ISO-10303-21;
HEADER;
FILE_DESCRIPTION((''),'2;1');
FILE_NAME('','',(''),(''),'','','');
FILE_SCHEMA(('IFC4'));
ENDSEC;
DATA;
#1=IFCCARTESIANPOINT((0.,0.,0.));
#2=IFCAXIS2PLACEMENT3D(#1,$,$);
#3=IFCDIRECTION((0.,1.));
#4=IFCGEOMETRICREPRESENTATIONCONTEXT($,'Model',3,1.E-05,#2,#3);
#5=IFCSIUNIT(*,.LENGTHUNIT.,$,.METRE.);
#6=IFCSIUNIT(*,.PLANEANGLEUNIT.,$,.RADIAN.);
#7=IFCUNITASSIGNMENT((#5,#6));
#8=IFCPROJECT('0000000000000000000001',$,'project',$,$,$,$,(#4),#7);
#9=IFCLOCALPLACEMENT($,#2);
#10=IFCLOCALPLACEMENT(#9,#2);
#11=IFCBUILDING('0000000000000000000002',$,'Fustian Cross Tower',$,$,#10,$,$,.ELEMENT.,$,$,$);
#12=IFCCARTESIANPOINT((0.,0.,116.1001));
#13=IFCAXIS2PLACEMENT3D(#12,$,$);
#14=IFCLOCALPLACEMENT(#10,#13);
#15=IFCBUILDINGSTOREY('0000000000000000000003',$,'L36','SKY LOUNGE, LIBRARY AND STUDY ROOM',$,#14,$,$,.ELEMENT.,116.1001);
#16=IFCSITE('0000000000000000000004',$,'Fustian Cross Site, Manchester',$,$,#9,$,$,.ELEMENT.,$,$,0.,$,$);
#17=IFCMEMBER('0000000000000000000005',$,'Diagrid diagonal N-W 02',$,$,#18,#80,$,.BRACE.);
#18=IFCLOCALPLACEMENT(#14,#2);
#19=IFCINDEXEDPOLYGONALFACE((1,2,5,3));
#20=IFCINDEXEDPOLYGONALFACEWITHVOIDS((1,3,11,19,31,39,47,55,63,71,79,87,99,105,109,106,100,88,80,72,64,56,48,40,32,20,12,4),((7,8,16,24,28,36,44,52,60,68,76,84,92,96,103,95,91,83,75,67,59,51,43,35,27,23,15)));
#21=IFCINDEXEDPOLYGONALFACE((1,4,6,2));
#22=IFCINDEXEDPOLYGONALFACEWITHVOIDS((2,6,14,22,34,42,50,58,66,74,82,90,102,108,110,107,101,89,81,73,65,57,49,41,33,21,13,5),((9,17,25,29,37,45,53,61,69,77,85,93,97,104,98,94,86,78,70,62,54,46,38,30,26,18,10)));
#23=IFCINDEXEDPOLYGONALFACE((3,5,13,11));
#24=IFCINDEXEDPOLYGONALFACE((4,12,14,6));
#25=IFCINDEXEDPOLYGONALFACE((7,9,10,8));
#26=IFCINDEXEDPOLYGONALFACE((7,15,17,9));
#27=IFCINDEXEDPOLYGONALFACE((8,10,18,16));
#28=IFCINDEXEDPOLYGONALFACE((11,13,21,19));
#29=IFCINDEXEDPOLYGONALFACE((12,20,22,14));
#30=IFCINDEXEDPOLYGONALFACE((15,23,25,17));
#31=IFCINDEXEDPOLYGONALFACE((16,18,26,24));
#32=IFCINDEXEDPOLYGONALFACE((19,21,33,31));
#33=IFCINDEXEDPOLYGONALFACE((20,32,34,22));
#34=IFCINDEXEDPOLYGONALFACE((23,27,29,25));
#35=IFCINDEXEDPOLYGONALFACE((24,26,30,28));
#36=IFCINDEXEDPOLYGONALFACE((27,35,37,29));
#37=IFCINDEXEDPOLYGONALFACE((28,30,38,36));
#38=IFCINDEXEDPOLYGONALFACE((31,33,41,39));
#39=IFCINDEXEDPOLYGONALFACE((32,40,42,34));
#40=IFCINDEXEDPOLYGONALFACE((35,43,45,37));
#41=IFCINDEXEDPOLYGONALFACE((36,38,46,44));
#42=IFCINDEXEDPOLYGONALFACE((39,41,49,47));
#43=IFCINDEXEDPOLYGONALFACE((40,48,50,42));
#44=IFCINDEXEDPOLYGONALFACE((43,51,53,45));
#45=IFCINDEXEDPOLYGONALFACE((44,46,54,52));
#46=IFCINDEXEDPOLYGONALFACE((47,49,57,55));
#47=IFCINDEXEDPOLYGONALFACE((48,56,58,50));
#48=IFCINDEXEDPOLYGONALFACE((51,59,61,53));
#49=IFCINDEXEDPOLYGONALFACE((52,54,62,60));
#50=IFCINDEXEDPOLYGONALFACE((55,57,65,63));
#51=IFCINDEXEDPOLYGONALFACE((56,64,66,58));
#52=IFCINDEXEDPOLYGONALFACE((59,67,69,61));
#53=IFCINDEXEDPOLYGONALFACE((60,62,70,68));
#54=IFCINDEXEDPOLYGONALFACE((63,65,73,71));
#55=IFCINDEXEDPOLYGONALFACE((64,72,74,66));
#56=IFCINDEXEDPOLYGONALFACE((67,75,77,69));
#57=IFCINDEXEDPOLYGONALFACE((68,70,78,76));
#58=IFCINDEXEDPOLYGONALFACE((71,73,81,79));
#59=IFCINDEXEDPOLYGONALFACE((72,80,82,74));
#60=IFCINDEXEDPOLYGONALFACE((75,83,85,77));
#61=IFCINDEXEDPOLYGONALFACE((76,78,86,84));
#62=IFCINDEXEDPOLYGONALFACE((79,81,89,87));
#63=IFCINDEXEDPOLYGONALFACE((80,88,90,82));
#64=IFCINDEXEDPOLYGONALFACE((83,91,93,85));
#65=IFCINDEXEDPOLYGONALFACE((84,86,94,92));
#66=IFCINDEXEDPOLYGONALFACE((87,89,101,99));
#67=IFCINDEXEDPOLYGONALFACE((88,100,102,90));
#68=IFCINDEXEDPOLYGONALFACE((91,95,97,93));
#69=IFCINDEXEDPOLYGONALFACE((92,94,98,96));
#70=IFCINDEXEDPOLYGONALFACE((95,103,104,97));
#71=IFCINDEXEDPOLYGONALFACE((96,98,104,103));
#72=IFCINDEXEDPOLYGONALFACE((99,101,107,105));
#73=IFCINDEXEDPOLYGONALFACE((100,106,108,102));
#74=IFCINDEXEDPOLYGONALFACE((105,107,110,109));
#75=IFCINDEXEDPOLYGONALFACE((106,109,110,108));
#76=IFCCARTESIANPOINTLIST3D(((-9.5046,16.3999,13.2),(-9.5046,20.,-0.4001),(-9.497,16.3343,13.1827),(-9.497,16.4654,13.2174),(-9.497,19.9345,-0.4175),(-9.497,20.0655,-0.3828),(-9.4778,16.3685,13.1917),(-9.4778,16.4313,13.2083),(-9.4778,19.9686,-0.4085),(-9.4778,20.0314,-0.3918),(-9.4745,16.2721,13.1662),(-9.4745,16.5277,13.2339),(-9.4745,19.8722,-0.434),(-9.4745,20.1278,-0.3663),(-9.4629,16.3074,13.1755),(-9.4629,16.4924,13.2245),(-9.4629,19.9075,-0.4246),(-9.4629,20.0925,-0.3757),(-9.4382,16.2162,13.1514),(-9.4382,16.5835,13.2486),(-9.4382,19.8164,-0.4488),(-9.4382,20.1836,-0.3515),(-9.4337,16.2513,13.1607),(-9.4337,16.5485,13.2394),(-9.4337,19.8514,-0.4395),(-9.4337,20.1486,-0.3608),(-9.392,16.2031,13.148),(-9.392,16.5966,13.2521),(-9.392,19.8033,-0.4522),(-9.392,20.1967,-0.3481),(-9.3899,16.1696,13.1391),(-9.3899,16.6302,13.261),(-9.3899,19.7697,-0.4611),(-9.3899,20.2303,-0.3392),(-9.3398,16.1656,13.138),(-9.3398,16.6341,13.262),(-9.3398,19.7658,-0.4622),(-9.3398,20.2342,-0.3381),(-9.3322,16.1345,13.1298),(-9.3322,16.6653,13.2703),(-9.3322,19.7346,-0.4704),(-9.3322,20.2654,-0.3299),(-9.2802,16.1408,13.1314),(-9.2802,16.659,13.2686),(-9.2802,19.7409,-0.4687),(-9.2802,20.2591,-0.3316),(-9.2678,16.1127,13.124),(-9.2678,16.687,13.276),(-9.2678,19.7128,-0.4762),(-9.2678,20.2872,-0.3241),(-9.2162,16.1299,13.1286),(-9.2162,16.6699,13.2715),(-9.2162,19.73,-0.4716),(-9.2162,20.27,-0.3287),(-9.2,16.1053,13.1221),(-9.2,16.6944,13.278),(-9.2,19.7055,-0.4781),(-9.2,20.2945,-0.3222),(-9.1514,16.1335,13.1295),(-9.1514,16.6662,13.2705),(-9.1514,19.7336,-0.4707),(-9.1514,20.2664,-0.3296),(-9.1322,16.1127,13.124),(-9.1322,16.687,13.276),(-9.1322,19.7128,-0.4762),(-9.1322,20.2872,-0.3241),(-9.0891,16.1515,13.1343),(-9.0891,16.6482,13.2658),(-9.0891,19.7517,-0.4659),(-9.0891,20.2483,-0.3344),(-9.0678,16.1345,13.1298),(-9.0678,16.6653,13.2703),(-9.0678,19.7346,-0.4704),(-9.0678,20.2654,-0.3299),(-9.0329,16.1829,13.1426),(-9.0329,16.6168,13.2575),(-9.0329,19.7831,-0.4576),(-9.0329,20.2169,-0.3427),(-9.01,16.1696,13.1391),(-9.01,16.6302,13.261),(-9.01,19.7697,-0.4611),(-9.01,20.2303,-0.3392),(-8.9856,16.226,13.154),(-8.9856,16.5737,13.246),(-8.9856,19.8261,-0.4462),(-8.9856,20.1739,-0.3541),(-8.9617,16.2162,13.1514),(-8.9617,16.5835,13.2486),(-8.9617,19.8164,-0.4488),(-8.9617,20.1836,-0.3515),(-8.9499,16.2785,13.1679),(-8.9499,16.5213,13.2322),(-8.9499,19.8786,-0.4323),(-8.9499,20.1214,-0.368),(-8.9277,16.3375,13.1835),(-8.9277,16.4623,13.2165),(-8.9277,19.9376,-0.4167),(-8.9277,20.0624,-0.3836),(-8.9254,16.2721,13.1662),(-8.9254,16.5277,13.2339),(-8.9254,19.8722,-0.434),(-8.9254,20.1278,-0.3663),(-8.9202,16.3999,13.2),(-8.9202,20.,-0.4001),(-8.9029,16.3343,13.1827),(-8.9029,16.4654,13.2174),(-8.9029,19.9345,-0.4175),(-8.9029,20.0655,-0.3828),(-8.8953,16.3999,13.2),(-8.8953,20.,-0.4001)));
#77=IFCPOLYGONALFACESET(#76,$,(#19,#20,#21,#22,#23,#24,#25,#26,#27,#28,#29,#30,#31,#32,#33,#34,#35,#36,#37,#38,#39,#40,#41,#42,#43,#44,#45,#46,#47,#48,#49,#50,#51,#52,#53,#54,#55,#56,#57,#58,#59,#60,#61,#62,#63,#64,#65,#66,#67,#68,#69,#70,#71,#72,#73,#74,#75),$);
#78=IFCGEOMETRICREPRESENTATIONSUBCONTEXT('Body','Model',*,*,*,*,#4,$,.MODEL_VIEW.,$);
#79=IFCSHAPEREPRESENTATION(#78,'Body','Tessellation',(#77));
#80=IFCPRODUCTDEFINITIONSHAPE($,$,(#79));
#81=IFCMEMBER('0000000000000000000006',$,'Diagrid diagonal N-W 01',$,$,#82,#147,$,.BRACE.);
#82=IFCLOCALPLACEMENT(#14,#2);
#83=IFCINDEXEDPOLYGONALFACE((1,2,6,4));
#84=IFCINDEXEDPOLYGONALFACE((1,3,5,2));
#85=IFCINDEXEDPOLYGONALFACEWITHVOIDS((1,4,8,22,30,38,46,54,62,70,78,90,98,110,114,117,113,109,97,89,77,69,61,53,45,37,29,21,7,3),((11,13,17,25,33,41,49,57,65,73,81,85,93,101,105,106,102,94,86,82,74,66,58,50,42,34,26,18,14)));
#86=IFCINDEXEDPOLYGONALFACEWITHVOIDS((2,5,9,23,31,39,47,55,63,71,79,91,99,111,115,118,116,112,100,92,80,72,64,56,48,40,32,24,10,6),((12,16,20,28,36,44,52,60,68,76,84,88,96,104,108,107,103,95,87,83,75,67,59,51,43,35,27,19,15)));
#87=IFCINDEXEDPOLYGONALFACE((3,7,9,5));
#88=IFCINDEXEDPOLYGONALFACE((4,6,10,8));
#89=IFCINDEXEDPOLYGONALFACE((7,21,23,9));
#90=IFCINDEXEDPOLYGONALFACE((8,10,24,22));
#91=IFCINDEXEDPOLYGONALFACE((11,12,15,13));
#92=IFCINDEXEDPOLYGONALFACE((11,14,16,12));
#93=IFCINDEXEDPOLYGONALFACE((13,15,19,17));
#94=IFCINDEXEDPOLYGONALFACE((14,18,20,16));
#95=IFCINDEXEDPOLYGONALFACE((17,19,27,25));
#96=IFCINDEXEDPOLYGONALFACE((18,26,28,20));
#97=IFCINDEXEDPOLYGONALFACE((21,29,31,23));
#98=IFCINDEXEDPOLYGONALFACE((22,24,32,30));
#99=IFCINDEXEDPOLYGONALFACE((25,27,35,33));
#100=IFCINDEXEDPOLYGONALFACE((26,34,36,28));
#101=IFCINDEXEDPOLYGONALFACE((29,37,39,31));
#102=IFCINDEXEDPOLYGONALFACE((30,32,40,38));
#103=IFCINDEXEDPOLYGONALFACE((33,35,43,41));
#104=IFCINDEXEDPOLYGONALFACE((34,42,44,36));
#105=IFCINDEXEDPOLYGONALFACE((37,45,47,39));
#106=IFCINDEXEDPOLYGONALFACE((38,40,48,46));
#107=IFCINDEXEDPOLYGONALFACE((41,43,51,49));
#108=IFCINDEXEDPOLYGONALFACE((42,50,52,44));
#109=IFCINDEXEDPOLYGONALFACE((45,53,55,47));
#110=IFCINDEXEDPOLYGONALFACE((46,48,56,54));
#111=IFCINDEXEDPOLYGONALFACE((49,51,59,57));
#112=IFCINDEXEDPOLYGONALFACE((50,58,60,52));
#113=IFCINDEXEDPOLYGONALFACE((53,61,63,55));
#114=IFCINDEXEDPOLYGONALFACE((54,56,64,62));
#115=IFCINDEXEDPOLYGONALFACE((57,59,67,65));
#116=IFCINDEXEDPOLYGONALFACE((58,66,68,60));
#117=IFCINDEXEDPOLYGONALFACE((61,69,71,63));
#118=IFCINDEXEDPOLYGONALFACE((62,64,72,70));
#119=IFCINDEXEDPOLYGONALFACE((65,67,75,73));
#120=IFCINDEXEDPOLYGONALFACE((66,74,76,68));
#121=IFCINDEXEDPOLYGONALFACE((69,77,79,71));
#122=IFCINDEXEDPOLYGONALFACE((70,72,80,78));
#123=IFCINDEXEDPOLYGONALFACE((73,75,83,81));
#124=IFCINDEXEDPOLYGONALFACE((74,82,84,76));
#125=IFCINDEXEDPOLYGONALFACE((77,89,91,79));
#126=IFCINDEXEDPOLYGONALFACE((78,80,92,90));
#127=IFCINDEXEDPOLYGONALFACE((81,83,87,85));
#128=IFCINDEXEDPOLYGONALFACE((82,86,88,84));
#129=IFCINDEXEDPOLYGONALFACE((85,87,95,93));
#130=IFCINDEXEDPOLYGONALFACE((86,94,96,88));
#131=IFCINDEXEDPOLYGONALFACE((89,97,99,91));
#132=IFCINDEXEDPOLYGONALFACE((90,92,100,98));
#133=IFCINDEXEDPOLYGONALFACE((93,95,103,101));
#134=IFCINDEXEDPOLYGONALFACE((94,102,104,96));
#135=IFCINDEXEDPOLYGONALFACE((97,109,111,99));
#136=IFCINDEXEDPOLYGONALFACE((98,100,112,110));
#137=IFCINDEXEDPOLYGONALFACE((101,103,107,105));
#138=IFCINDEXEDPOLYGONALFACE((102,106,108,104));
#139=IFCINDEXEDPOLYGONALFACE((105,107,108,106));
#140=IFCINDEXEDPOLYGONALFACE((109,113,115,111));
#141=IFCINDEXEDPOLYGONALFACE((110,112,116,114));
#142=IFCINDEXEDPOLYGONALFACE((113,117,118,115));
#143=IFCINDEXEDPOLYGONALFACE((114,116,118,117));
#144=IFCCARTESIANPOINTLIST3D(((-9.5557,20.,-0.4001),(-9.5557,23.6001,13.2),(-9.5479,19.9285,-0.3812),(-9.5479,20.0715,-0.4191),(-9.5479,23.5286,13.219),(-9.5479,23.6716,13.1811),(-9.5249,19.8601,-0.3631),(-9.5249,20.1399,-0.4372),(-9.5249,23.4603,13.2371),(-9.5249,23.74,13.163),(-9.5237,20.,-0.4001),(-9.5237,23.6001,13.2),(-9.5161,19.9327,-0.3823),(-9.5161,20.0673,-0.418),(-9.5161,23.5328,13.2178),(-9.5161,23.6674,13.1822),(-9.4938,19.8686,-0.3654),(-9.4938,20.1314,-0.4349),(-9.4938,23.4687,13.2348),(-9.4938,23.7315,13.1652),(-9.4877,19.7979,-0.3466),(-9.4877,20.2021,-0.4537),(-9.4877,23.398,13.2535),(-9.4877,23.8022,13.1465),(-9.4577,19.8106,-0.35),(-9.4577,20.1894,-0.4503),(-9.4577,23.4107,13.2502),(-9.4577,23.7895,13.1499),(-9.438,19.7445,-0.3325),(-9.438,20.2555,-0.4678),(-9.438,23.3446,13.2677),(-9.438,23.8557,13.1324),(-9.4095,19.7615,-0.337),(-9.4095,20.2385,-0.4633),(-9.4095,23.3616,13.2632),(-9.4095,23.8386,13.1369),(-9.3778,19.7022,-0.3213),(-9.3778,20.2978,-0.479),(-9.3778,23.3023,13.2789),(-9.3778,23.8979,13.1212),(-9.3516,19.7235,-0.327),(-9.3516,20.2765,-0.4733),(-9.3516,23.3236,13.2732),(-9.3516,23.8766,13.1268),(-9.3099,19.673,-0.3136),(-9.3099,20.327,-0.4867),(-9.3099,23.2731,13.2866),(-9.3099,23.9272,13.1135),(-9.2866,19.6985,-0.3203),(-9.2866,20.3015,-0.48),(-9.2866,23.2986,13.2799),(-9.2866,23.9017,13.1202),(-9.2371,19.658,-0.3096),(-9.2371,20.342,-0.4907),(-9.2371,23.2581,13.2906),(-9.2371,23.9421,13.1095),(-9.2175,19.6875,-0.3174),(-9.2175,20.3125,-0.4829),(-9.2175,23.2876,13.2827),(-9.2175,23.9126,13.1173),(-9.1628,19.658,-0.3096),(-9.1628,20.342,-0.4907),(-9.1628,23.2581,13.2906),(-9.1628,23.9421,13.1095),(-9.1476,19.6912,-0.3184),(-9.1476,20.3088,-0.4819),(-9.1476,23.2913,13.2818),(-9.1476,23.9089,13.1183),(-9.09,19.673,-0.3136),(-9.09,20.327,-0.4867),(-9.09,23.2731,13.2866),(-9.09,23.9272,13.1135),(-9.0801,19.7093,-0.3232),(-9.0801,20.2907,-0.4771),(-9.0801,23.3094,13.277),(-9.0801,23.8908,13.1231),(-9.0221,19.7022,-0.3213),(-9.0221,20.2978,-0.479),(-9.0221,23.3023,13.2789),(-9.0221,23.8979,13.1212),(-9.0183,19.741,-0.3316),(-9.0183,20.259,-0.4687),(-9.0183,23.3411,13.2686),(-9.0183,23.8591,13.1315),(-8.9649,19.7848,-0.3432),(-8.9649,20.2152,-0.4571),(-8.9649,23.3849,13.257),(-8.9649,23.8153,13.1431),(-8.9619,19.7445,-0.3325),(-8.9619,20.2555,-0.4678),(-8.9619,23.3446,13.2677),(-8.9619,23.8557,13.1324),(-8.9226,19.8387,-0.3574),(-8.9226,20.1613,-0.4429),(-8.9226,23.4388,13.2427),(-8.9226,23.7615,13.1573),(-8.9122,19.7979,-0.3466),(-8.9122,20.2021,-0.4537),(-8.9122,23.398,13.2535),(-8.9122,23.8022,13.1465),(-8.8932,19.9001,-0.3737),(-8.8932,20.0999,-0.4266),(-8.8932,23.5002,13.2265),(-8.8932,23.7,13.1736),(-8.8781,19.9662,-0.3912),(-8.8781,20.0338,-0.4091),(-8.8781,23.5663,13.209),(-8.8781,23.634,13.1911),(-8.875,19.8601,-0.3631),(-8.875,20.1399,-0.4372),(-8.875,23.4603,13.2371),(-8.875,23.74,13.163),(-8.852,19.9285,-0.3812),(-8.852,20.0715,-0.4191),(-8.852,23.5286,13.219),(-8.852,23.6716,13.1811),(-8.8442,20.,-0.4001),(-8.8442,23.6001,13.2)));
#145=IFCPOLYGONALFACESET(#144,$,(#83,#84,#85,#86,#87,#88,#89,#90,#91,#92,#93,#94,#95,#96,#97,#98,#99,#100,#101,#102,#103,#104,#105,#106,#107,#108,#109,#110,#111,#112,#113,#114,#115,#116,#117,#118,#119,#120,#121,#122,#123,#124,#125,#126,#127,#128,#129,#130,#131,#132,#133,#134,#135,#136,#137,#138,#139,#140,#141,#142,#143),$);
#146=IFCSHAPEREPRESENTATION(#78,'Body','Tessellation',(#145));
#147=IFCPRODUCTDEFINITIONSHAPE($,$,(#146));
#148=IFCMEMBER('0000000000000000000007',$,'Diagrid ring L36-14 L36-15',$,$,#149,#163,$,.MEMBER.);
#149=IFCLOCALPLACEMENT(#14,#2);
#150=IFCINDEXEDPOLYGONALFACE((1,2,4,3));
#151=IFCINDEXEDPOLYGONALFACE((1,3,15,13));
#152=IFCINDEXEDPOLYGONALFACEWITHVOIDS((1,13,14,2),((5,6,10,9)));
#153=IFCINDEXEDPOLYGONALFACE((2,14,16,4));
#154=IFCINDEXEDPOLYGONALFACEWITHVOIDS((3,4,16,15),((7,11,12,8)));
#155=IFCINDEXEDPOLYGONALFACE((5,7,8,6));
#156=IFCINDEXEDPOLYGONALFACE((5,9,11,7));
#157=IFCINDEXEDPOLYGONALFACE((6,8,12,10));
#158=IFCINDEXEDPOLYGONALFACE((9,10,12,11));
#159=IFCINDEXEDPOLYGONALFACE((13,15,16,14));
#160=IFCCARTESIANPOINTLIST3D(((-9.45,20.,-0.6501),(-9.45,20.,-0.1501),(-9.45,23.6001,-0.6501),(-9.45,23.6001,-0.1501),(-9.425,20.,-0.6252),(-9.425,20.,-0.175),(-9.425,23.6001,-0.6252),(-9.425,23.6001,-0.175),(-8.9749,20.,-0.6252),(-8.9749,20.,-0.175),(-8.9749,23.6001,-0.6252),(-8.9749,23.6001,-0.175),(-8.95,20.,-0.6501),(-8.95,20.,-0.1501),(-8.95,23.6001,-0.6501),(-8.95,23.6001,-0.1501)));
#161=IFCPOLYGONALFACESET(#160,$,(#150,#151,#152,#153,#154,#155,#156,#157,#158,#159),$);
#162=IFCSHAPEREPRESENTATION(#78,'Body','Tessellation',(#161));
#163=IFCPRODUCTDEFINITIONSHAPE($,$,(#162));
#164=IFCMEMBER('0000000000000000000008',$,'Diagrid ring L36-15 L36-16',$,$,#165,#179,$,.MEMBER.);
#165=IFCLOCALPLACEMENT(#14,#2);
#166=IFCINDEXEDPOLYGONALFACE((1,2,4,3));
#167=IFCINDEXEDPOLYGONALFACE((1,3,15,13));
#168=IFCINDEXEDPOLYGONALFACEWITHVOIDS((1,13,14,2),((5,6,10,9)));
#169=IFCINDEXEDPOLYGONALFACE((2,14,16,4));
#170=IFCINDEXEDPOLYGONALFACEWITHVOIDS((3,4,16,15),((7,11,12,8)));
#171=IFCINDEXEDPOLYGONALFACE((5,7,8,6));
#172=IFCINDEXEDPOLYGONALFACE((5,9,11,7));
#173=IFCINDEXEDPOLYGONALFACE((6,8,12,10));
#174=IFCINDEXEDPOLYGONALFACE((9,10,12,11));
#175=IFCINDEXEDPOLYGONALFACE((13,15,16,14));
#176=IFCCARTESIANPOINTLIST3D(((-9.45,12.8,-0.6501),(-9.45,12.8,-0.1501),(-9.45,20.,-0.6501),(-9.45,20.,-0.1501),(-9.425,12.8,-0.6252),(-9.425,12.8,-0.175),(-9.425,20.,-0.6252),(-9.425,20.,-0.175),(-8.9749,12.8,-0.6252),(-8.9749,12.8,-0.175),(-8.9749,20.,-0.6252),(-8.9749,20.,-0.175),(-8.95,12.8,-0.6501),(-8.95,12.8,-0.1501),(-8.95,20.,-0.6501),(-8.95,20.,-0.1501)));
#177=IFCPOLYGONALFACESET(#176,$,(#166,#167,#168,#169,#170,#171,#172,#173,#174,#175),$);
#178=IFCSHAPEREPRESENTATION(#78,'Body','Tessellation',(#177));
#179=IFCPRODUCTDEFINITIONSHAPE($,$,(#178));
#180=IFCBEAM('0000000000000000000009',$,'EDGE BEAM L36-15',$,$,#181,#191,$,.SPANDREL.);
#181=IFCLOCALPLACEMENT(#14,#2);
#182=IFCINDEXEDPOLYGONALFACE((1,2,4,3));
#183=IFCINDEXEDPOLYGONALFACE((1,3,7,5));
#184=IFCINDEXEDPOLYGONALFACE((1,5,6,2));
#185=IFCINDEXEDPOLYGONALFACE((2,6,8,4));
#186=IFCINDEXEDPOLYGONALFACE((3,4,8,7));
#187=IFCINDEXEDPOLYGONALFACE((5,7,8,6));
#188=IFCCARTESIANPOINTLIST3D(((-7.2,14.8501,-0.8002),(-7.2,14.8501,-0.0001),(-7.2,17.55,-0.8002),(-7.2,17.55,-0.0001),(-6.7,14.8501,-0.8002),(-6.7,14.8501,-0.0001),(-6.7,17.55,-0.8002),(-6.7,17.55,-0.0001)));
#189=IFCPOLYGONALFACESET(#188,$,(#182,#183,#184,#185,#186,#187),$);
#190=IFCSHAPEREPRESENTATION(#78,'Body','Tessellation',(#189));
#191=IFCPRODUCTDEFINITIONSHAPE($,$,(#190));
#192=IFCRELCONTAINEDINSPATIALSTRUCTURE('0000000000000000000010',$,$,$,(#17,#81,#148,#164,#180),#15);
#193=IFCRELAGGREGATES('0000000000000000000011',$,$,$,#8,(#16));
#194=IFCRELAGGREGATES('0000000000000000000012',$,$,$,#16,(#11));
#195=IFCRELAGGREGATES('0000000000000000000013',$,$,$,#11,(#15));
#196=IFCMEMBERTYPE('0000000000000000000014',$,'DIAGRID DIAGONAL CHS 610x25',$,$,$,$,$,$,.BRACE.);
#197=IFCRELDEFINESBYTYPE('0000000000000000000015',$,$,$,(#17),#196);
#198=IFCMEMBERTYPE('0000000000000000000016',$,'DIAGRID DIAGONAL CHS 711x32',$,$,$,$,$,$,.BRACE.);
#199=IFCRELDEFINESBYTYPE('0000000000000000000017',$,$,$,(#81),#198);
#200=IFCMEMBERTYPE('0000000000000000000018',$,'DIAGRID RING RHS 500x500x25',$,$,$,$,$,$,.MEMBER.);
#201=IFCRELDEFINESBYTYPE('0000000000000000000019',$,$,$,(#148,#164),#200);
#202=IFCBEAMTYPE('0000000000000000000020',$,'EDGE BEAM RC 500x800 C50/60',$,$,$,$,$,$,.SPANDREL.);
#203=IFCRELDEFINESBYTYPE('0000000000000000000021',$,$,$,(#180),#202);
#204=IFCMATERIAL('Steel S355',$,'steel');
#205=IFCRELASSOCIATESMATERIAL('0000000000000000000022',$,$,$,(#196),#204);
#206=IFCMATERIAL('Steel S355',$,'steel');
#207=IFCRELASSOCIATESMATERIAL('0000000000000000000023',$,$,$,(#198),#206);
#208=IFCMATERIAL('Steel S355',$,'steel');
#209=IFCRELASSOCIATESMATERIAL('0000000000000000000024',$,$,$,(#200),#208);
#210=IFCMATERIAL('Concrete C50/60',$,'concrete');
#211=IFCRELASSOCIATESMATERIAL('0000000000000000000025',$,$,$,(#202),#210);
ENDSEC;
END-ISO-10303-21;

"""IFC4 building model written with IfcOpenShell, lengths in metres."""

from ifc_helpers import new_model, si_unit, direction, frame, origin, origin_2d, place, context, subcontext, project, spatial, rectangle, hollow_rectangle, hollow_circle, extrude, material, material_profile, profile_set, type_object, element, save


model = new_model("IFC4")

# Units and contexts
model_context = context("Model", 3, precision=1e-05, world=origin(), true_north=direction((0.0, 1.0)))
body_context = subcontext(model_context, "Body", "Model", "MODEL_VIEW")
ifc_project = project(units=[si_unit("LENGTHUNIT", "METRE"), si_unit("PLANEANGLEUNIT", "RADIAN")], contexts=[model_context])

# Site, building, storey
site_placement = place(None, origin())
site = spatial("IfcSite", under=ifc_project, at=site_placement, Name="Fustian Cross Site, Manchester", CompositionType="ELEMENT", RefElevation=0.0)
building_placement = place(site_placement, origin())
building = spatial("IfcBuilding", under=site, at=building_placement, Name="Fustian Cross Tower", CompositionType="ELEMENT")
storey_placement = place(building_placement, frame((0.0, 0.0, 116.1001)))
storey = spatial("IfcBuildingStorey", under=building, at=storey_placement, Name="L36", Description="SKY LOUNGE, LIBRARY AND STUDY ROOM", CompositionType="ELEMENT", Elevation=116.1001)

# Members
ifc_material_1 = material(Name="Steel S355", Category="steel")
ifc_material_profile_1 = material_profile(ifc_material_1, hollow_circle(Radius=0.3047, WallThickness=0.0249, at=origin_2d()), Name="CHS 610x25")
ifc_profile_set_1 = profile_set([ifc_material_profile_1], Name="Steel S355")
member_type_1 = type_object("IfcMemberType", Name="DIAGRID DIAGONAL CHS 610x25", PredefinedType="BRACE", material=ifc_profile_set_1)
member_1_placement = place(storey_placement, frame((-9.2, 20.0, -0.4001), z_axis=(0.0, -0.255897, 0.966704), x_axis=(1.0, 0.0, 0.0)))
element("IfcMember", 1, at=member_1_placement, inside=storey, type_object=member_type_1, Name="Diagrid diagonal N-W 02", PredefinedType="BRACE", context=body_context, shape_type="SweptSolid", body=[
    extrude(hollow_circle(Radius=0.3047, WallThickness=0.0249, at=origin_2d()), origin(), (0.0, 0.0, 1.0), 14.0686),
])
ifc_material_2 = material(Name="Steel S355", Category="steel")
ifc_material_profile_2 = material_profile(ifc_material_2, hollow_circle(Radius=0.3557, WallThickness=0.032, at=origin_2d()), Name="CHS 711x32")
ifc_profile_set_2 = profile_set([ifc_material_profile_2], Name="Steel S355")
member_type_2 = type_object("IfcMemberType", Name="DIAGRID DIAGONAL CHS 711x32", PredefinedType="BRACE", material=ifc_profile_set_2)
member_2_placement = place(storey_placement, frame((-9.2, 20.0, -0.4001), z_axis=(0.0, 0.255897, 0.966704), x_axis=(-1.0, 0.0, 0.0)))
element("IfcMember", 2, at=member_2_placement, inside=storey, type_object=member_type_2, Name="Diagrid diagonal N-W 01", PredefinedType="BRACE", context=body_context, shape_type="SweptSolid", body=[
    extrude(hollow_circle(Radius=0.3557, WallThickness=0.032, at=origin_2d()), origin(), (0.0, 0.0, 1.0), 14.0686),
])
ifc_material_3 = material(Name="Steel S355", Category="steel")
ifc_material_profile_3 = material_profile(ifc_material_3, hollow_rectangle(XDim=0.5, YDim=0.5, WallThickness=0.0249, at=origin_2d()), Name="RHS 500x500x25")
ifc_profile_set_3 = profile_set([ifc_material_profile_3], Name="Steel S355")
member_type_3 = type_object("IfcMemberType", Name="DIAGRID RING RHS 500x500x25", PredefinedType="MEMBER", material=ifc_profile_set_3)
member_3_placement = place(storey_placement, frame((-9.2, 23.6001, -0.4001), z_axis=(0.0, -1.0, 0.0), x_axis=(1.0, 0.0, 0.0)))
element("IfcMember", 3, at=member_3_placement, inside=storey, type_object=member_type_3, Name="Diagrid ring L36-14 L36-15", PredefinedType="MEMBER", context=body_context, shape_type="SweptSolid", body=[
    extrude(hollow_rectangle(XDim=0.5, YDim=0.5, WallThickness=0.0249, at=origin_2d()), origin(), (0.0, 0.0, 1.0), 3.6001),
])
member_4_placement = place(storey_placement, frame((-9.2, 20.0, -0.4001), z_axis=(0.0, -1.0, 0.0), x_axis=(1.0, 0.0, 0.0)))
element("IfcMember", 4, at=member_4_placement, inside=storey, type_object=member_type_3, Name="Diagrid ring L36-15 L36-16", PredefinedType="MEMBER", context=body_context, shape_type="SweptSolid", body=[
    extrude(hollow_rectangle(XDim=0.5, YDim=0.5, WallThickness=0.0249, at=origin_2d()), origin(), (0.0, 0.0, 1.0), 7.2),
])

# Beam
ifc_material_4 = material(Name="Concrete C50/60", Category="concrete")
ifc_material_profile_4 = material_profile(ifc_material_4, rectangle(XDim=0.5, YDim=0.8, at=origin_2d()), Name="RC 500x800")
ifc_profile_set_4 = profile_set([ifc_material_profile_4], Name="Concrete C50/60")
beam_type = type_object("IfcBeamType", Name="EDGE BEAM RC 500x800 C50/60", PredefinedType="SPANDREL", material=ifc_profile_set_4)
beam_1_placement = place(storey_placement, frame((-6.95, 17.55, -0.4001), z_axis=(0.0, -1.0, 0.0), x_axis=(1.0, 0.0, 0.0)))
element("IfcBeam", 5, at=beam_1_placement, inside=storey, type_object=beam_type, Name="EDGE BEAM L36-15", PredefinedType="SPANDREL", context=body_context, shape_type="SweptSolid", body=[
    extrude(rectangle(XDim=0.5, YDim=0.8, at=origin_2d()), origin(), (0.0, 0.0, 1.0), 2.7),
])

save(model, "model.ifc")
